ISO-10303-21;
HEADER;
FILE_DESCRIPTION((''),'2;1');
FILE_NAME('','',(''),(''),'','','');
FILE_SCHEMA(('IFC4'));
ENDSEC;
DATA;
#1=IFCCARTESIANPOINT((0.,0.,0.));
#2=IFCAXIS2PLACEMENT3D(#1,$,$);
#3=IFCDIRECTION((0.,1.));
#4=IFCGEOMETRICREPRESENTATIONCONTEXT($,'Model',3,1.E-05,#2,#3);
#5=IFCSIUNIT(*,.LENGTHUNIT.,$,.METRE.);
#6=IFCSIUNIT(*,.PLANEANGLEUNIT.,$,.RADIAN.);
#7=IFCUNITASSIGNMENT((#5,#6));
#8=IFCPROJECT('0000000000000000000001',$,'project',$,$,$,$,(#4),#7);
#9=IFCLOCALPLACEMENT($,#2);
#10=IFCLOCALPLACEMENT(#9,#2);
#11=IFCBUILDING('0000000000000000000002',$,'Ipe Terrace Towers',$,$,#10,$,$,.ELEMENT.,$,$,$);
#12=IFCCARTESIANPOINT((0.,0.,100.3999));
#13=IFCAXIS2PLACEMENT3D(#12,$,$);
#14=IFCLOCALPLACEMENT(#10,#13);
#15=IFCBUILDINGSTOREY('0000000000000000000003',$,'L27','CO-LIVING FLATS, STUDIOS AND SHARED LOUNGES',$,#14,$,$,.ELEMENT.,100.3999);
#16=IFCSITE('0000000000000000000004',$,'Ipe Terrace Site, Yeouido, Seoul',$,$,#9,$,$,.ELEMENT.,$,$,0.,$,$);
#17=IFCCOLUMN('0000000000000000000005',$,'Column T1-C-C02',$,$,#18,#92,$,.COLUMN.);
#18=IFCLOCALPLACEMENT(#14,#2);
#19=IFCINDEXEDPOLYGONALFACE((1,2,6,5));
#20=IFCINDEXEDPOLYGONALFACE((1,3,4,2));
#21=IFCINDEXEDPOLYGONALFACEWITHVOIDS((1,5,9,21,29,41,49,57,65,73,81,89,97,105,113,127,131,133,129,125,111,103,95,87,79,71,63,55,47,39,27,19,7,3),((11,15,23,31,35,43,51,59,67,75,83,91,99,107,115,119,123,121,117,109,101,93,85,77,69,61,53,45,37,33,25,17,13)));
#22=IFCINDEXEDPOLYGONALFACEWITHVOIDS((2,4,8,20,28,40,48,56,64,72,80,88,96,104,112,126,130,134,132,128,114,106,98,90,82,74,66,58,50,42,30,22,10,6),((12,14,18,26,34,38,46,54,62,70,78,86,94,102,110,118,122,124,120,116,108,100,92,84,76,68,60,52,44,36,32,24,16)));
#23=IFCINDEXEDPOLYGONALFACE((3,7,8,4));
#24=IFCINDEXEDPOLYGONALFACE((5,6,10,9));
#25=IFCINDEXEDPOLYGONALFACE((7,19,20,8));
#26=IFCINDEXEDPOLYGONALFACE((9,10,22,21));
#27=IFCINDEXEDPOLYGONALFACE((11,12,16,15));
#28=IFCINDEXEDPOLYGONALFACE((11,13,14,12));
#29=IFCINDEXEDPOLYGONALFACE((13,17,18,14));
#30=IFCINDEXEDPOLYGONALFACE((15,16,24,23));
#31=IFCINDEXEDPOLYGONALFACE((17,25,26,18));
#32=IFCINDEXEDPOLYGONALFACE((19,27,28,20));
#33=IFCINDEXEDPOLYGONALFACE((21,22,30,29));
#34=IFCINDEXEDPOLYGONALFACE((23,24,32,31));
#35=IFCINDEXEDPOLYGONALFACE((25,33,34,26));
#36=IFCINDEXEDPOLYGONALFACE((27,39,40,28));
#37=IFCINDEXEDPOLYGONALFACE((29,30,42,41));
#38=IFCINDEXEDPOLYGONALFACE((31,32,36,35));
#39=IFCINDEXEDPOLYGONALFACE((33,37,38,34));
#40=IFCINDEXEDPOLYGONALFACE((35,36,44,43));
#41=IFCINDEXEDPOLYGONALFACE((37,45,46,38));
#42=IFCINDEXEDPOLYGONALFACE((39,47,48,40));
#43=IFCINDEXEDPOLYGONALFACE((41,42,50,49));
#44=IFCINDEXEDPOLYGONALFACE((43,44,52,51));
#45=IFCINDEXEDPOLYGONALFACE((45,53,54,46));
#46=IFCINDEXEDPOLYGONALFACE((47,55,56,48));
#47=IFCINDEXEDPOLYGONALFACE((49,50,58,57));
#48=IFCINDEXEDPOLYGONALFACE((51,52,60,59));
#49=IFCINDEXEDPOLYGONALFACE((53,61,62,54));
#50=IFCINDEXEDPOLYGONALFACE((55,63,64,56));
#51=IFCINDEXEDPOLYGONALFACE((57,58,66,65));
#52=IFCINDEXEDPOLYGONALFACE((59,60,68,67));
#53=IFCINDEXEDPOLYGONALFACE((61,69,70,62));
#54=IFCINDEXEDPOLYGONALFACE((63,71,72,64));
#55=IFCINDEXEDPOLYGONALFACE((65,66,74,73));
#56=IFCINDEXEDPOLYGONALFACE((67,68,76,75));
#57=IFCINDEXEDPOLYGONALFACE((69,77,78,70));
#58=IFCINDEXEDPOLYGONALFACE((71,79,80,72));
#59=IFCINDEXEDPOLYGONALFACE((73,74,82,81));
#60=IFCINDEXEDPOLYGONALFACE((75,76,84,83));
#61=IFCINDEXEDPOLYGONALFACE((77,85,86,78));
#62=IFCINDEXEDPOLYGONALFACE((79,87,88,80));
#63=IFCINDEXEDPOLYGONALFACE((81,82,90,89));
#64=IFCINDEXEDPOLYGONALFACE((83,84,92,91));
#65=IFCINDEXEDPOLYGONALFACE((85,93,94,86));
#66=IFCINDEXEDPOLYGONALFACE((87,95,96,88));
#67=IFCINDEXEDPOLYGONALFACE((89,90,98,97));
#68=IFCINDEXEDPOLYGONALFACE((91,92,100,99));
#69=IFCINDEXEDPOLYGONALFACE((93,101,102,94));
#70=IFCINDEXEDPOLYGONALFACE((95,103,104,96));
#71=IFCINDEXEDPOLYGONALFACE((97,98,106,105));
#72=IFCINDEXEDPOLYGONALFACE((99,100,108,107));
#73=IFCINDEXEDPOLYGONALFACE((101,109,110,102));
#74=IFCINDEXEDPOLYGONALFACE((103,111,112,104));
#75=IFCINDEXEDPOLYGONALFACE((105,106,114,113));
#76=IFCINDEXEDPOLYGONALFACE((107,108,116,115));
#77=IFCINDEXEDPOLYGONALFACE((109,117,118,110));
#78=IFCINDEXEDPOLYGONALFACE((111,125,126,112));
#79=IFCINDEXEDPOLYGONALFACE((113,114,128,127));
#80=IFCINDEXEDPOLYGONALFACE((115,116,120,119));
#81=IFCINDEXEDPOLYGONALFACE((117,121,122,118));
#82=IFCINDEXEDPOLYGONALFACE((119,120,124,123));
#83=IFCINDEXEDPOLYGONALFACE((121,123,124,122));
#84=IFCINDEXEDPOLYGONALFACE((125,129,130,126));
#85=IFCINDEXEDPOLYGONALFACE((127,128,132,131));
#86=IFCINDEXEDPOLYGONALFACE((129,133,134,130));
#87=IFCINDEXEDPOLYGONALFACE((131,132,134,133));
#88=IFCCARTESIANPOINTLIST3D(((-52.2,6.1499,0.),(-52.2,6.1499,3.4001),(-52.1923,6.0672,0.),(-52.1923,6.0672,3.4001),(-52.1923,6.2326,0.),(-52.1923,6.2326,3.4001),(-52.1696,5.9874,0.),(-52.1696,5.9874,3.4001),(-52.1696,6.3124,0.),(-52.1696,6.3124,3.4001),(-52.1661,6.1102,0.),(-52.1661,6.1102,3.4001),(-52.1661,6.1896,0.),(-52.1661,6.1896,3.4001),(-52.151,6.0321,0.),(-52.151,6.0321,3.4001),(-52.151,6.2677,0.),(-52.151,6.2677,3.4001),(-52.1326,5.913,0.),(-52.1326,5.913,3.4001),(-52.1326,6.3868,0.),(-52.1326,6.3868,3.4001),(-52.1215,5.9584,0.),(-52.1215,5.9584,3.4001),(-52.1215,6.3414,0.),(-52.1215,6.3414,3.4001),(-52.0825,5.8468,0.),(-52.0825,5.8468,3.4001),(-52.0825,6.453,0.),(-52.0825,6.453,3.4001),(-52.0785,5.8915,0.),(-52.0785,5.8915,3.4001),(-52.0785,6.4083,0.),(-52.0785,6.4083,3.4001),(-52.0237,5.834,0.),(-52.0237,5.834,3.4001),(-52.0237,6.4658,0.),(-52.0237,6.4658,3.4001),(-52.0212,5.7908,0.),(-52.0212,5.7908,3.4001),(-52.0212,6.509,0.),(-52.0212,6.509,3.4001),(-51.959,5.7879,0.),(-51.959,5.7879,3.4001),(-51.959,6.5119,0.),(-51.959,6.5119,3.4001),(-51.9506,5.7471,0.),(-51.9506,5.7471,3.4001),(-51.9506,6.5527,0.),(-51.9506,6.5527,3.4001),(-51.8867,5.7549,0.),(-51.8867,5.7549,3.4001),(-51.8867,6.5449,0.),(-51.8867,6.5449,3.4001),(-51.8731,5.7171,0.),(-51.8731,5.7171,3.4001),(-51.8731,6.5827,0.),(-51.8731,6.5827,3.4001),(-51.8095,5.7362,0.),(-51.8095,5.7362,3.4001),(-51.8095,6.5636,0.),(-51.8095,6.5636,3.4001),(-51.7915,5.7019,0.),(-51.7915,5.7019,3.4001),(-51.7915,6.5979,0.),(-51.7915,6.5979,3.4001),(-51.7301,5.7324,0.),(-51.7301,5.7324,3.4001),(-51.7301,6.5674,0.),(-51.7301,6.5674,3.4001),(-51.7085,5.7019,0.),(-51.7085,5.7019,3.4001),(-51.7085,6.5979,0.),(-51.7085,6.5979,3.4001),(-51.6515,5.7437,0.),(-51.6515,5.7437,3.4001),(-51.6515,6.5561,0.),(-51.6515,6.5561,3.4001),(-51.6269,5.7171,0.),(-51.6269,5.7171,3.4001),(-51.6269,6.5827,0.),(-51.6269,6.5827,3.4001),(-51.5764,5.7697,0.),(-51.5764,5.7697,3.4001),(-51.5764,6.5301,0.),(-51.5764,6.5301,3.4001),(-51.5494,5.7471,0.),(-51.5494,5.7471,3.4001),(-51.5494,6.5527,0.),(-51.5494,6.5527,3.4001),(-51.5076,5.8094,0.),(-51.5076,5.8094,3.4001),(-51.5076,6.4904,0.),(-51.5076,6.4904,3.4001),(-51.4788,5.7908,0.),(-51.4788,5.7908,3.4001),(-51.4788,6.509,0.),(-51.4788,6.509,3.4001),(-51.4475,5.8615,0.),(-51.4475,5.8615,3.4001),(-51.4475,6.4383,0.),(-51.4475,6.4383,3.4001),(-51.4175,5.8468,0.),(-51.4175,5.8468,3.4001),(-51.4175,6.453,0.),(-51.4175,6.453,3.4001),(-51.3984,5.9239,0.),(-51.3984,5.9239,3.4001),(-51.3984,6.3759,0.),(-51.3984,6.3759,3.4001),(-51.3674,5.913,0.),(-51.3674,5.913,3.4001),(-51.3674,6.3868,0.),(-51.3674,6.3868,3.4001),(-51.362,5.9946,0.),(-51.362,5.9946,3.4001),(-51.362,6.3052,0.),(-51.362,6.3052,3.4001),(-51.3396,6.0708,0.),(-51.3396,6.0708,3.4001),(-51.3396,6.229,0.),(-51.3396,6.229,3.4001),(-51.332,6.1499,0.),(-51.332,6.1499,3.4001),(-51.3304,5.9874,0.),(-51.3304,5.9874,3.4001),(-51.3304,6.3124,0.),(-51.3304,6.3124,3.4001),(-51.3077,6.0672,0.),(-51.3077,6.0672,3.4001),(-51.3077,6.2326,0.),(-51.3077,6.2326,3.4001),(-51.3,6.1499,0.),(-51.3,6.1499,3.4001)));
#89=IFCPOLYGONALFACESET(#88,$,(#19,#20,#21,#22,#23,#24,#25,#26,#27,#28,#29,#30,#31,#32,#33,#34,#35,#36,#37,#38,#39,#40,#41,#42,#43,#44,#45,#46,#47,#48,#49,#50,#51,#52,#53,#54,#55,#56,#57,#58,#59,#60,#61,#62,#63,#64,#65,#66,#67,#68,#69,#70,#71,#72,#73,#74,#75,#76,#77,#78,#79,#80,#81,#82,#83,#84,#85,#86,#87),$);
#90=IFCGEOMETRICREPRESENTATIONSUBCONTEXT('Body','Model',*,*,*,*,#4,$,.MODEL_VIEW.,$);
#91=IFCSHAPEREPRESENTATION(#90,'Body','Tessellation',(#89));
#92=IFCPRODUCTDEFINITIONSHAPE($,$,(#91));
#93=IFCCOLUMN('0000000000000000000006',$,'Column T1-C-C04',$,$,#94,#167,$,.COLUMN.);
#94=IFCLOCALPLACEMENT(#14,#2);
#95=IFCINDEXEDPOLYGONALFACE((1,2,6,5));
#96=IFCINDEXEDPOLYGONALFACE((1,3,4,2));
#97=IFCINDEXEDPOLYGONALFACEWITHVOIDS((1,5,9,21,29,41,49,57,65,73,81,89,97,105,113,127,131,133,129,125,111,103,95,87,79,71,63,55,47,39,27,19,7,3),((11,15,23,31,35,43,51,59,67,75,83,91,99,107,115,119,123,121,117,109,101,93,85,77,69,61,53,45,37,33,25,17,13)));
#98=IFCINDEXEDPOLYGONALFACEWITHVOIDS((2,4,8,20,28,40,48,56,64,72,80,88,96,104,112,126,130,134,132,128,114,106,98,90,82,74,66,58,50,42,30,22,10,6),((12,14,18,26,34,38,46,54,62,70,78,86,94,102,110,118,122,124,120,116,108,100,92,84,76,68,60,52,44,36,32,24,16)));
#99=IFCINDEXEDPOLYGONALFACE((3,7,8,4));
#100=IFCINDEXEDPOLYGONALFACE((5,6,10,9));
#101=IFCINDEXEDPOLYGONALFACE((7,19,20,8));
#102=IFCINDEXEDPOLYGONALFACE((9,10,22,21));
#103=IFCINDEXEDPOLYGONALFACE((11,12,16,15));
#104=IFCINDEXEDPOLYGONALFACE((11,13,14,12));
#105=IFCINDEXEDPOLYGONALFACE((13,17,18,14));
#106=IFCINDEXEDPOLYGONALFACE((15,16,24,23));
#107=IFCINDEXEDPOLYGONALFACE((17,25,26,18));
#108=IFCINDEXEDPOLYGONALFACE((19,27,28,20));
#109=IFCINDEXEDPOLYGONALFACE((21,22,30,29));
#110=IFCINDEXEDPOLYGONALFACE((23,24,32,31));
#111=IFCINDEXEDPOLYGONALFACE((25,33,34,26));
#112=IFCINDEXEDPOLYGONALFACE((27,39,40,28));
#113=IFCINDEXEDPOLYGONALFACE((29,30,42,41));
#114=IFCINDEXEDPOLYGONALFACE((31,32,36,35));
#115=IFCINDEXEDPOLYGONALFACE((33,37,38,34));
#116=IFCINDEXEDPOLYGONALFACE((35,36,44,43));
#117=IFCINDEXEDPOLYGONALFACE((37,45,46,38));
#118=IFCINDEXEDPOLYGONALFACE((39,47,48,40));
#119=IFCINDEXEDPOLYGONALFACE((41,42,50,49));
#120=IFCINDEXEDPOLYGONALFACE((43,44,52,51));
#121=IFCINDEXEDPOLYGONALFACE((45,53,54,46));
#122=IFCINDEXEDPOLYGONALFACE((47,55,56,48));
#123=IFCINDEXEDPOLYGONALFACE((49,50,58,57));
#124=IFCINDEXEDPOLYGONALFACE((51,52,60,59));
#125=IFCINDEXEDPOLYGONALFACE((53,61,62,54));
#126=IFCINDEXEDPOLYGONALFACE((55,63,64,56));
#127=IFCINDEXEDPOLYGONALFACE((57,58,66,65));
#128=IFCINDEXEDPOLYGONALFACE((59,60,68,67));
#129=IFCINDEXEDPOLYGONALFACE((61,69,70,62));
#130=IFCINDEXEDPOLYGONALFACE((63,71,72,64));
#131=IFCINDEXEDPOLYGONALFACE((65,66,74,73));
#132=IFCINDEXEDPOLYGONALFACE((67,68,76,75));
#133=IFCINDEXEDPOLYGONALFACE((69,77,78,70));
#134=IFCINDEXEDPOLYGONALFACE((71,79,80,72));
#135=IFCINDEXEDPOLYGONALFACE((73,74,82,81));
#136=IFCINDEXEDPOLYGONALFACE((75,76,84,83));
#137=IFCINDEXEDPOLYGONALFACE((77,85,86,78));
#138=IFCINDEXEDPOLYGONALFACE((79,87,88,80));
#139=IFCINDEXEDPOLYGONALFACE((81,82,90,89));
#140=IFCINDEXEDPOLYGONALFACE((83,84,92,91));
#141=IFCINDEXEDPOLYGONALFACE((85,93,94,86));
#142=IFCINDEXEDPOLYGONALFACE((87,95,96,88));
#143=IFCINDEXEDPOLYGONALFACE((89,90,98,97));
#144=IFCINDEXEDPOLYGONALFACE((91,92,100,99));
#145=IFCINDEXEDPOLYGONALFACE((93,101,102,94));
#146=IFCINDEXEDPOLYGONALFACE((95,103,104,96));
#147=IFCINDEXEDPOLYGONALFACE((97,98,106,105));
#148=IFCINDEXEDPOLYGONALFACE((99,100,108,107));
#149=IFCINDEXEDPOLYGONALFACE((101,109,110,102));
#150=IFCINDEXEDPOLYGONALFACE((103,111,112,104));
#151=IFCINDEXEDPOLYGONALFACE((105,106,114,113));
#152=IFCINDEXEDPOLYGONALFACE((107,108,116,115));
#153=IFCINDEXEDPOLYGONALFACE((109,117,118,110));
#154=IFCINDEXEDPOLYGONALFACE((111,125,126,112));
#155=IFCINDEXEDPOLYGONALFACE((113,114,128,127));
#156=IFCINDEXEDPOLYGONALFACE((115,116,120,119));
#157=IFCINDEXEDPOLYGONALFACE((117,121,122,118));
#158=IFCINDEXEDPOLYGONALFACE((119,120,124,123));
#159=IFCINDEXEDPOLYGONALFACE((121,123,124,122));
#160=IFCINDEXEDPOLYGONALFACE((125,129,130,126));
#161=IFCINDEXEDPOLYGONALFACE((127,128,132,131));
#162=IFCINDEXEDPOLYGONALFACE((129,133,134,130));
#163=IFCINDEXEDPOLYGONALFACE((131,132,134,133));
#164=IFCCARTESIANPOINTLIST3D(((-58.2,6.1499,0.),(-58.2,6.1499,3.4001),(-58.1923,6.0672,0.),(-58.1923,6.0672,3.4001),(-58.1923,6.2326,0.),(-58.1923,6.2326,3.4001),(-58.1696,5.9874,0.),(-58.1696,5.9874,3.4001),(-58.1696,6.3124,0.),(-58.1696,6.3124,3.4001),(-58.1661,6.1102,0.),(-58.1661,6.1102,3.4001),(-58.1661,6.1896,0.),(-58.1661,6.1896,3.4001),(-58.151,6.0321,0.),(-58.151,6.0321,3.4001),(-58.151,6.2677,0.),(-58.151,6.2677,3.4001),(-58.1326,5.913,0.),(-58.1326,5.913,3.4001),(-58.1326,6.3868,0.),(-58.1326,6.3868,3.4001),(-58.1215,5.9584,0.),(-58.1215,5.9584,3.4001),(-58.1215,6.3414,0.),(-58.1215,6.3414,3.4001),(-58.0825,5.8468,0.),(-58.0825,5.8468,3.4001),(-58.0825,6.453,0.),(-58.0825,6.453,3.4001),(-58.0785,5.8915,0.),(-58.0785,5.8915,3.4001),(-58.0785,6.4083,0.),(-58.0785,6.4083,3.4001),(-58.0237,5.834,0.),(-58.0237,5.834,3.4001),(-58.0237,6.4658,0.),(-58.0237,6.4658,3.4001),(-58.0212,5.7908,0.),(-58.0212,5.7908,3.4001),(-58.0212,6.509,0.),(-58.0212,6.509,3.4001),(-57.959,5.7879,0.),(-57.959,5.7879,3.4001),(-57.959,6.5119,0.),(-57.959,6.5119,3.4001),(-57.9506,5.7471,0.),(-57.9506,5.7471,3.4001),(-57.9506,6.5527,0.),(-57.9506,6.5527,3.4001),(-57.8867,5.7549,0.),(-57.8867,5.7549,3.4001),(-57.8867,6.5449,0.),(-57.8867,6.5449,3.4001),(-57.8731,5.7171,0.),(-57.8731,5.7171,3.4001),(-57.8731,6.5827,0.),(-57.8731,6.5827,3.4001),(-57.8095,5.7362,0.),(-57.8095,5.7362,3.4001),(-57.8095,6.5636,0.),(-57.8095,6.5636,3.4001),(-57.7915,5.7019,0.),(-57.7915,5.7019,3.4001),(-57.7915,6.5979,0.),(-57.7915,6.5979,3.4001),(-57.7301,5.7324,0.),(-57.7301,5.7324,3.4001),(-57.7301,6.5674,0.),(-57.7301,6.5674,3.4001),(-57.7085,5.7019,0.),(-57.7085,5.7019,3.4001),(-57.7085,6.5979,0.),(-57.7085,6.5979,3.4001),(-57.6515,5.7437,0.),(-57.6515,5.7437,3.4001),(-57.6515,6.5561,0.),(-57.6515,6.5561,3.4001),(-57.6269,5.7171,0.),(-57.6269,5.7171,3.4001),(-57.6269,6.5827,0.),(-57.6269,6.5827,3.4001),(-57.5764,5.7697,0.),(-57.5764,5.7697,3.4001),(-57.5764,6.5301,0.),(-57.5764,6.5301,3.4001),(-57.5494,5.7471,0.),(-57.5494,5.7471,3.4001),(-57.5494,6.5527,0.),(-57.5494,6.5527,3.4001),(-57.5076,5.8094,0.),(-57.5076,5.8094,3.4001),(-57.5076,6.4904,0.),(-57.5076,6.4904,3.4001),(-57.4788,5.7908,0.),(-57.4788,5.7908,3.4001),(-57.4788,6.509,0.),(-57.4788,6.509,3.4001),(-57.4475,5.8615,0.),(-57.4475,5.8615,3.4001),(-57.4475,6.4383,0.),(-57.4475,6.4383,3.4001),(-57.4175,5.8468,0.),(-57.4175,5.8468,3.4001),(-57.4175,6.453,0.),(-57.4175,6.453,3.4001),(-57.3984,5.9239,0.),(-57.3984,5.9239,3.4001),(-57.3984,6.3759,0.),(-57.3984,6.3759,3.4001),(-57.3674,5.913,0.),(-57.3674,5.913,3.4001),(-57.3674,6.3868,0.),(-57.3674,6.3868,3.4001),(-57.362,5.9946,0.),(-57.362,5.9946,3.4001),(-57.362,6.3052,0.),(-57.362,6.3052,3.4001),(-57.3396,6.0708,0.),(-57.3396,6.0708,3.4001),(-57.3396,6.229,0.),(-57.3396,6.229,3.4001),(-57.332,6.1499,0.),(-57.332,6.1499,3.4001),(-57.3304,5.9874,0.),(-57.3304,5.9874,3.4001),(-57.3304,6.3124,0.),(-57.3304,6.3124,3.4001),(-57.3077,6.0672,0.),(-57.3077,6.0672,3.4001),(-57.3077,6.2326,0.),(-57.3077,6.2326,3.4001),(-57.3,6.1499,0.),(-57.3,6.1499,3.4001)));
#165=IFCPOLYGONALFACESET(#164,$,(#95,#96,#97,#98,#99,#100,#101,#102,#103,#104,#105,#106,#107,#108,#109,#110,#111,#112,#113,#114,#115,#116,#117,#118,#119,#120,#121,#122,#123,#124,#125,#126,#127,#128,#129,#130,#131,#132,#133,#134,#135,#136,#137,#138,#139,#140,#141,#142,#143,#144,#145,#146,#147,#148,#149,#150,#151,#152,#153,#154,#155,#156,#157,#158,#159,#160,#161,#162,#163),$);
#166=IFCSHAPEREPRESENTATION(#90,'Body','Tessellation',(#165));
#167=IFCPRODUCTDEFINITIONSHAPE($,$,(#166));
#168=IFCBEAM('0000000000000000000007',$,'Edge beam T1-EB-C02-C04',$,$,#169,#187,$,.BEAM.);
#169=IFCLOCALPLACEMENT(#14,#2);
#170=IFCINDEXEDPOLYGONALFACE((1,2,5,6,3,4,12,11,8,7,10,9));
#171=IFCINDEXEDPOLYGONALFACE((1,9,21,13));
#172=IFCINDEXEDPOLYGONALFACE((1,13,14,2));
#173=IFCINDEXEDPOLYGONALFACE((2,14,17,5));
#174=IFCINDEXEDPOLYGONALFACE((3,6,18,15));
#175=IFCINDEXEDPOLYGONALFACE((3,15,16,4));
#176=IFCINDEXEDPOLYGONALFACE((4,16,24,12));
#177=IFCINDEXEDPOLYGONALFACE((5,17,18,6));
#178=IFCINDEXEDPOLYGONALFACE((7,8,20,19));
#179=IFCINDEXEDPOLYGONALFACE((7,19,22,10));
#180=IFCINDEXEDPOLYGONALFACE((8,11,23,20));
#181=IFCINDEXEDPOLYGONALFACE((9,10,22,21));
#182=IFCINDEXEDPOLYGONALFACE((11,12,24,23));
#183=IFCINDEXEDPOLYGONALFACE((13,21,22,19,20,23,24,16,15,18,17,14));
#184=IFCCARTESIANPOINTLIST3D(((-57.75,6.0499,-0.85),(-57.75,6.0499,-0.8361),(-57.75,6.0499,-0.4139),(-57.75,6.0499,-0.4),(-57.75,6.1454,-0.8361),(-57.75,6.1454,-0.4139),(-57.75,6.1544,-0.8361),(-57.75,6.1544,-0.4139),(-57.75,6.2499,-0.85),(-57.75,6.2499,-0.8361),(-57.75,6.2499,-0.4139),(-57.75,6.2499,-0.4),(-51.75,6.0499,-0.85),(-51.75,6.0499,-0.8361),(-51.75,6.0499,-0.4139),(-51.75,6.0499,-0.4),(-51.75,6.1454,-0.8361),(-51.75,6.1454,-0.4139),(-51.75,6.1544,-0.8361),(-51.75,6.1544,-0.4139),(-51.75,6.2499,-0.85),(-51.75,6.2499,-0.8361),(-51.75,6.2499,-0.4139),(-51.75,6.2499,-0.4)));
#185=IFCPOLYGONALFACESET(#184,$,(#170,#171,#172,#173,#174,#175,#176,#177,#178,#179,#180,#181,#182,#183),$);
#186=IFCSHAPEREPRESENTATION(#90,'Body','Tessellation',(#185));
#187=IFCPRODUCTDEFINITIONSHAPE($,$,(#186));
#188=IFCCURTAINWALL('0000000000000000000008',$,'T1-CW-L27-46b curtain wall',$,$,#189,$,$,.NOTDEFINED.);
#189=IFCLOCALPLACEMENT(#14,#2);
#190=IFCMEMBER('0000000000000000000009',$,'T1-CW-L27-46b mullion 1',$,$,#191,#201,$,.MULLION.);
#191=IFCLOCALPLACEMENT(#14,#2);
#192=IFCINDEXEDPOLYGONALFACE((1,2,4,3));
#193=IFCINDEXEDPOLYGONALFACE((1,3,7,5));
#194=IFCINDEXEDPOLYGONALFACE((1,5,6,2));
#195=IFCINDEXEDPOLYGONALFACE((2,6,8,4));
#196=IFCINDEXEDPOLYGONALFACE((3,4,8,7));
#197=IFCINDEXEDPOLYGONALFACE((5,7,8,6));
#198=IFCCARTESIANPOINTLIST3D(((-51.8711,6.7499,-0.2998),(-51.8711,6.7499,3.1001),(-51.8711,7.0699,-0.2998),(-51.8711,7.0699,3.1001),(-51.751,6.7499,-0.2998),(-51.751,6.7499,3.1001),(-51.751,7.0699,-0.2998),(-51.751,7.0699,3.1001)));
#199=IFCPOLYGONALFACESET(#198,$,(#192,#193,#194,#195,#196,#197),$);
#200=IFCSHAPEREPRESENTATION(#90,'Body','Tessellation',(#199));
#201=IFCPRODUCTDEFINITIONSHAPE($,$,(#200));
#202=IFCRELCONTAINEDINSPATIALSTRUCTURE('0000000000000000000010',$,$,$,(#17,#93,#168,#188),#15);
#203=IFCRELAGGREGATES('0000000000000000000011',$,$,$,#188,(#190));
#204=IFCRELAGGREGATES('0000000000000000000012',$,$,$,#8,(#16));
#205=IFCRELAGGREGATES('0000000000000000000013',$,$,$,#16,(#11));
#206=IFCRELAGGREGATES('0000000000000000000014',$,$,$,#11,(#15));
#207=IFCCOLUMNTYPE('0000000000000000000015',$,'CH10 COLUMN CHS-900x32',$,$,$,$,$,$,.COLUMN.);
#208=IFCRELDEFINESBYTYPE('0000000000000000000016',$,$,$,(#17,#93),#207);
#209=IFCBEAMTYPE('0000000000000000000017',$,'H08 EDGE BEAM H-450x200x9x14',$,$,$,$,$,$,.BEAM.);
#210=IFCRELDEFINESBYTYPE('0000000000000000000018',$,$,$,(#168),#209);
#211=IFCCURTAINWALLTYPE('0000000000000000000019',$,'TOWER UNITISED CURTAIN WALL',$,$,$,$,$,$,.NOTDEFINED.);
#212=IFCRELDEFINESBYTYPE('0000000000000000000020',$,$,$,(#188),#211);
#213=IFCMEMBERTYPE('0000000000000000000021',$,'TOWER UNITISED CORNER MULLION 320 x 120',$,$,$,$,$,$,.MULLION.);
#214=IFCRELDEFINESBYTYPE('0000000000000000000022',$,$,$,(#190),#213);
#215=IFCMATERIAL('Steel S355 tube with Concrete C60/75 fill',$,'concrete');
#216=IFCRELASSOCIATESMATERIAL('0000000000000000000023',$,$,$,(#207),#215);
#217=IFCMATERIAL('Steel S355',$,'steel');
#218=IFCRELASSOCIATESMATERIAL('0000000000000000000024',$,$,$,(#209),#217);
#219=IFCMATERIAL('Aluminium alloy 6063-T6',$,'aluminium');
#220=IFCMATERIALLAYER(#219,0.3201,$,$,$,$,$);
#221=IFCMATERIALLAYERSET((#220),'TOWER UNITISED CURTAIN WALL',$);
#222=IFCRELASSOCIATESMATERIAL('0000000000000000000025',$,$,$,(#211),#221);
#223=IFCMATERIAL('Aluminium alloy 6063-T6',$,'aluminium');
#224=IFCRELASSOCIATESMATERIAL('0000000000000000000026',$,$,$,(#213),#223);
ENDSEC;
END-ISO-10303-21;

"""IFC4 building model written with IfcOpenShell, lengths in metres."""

from ifc_helpers import new_model, si_unit, direction, frame, origin, origin_2d, place, context, subcontext, project, spatial, rectangle, hollow_circle, i_section, extrude, material, layer, layer_set, material_profile, profile_set, type_object, element, aggregate, save


model = new_model("IFC4")

# Units and contexts
model_context = context("Model", 3, precision=1e-05, world=origin(), true_north=direction((0.0, 1.0)))
body_context = subcontext(model_context, "Body", "Model", "MODEL_VIEW")
ifc_project = project(units=[si_unit("LENGTHUNIT", "METRE"), si_unit("PLANEANGLEUNIT", "RADIAN")], contexts=[model_context])

# Site, building, storey
site_placement = place(None, origin())
site = spatial("IfcSite", under=ifc_project, at=site_placement, Name="Ipe Terrace Site, Yeouido, Seoul", CompositionType="ELEMENT", RefElevation=0.0)
building_placement = place(site_placement, origin())
building = spatial("IfcBuilding", under=site, at=building_placement, Name="Ipe Terrace Towers", CompositionType="ELEMENT")
storey_placement = place(building_placement, frame((0.0, 0.0, 100.3999)))
storey = spatial("IfcBuildingStorey", under=building, at=storey_placement, Name="L27", Description="CO-LIVING FLATS, STUDIOS AND SHARED LOUNGES", CompositionType="ELEMENT", Elevation=100.3999)

# Columns
ifc_material_1 = material(Name="Steel S355 tube with Concrete C60/75 fill", Category="concrete")
ifc_material_profile_1 = material_profile(ifc_material_1, hollow_circle(Radius=0.45, WallThickness=0.032, at=origin_2d()), Name="CHS-900x32")
ifc_profile_set_1 = profile_set([ifc_material_profile_1], Name="Steel S355 tube with Concrete C60/75 fill")
column_type = type_object("IfcColumnType", Name="CH10 COLUMN CHS-900x32", PredefinedType="COLUMN", material=ifc_profile_set_1)
for number, where, z_axis, x_axis, name in (
    (1, (-51.75, 6.1499, 0.0), (0.0, 0.0, 1.0), (1.0, 0.0, 0.0), "Column T1-C-C02"),
    (2, (-57.75, 6.1499, 0.0), (0.0, 0.0, 1.0), (1.0, 0.0, 0.0), "Column T1-C-C04"),
):
    element("IfcColumn", number, at=place(storey_placement, frame(where, z_axis=z_axis, x_axis=x_axis)), inside=storey, type_object=column_type, Name=name, PredefinedType="COLUMN", context=body_context, shape_type="SweptSolid", body=[
        extrude(hollow_circle(Radius=0.45, WallThickness=0.032, at=origin_2d()), origin(), (0.0, 0.0, 1.0), 3.4001),
    ])

# Beam
ifc_material_2 = material(Name="Steel S355", Category="steel")
ifc_material_profile_2 = material_profile(ifc_material_2, i_section(OverallWidth=0.2, OverallDepth=0.45, WebThickness=0.009, FlangeThickness=0.0139, at=origin_2d()), Name="H-450x200x9x14")
ifc_profile_set_2 = profile_set([ifc_material_profile_2], Name="Steel S355")
beam_type = type_object("IfcBeamType", Name="H08 EDGE BEAM H-450x200x9x14", PredefinedType="BEAM", material=ifc_profile_set_2)
beam_placement = place(storey_placement, frame((-51.75, 6.1499, -0.625), z_axis=(-1.0, 0.0, 0.0), x_axis=(0.0, -1.0, 0.0)))
element("IfcBeam", 3, at=beam_placement, inside=storey, type_object=beam_type, Name="Edge beam T1-EB-C02-C04", PredefinedType="BEAM", context=body_context, shape_type="SweptSolid", body=[
    extrude(i_section(OverallWidth=0.2, OverallDepth=0.45, WebThickness=0.009, FlangeThickness=0.0139, at=origin_2d()), origin(), (0.0, 0.0, 1.0), 6.0),
])

# Curtain wall, member
ifc_material_3 = material(Name="Aluminium alloy 6063-T6", Category="aluminium")
ifc_layer_1 = layer(ifc_material_3, 0.3201)
ifc_layer_set_1 = layer_set([ifc_layer_1], Name="TOWER UNITISED CURTAIN WALL")
curtain_wall_type = type_object("IfcCurtainWallType", Name="TOWER UNITISED CURTAIN WALL", PredefinedType="NOTDEFINED", material=ifc_layer_set_1)
curtain_wall_1_placement = place(storey_placement, origin())
curtain_wall_1 = element("IfcCurtainWall", 4, at=curtain_wall_1_placement, inside=storey, type_object=curtain_wall_type, Name="T1-CW-L27-46b curtain wall", PredefinedType="NOTDEFINED")
ifc_material_4 = material(Name="Aluminium alloy 6063-T6", Category="aluminium")
ifc_material_profile_3 = material_profile(ifc_material_4, rectangle(XDim=0.3201, YDim=0.1201, at=origin_2d()), Name="TOWER UNITISED CORNER MULLION 320 x 120")
ifc_profile_set_3 = profile_set([ifc_material_profile_3], Name="Aluminium alloy 6063-T6")
member_type_1 = type_object("IfcMemberType", Name="TOWER UNITISED CORNER MULLION 320 x 120", PredefinedType="MULLION", material=ifc_profile_set_3)
member_1_placement = place(storey_placement, frame((-51.811, 6.9099, -0.2998), z_axis=(0.0, 0.0, 1.0), x_axis=(0.0, 1.0, 0.0)))
member_1 = element("IfcMember", 5, at=member_1_placement, type_object=member_type_1, Name="T1-CW-L27-46b mullion 1", PredefinedType="MULLION", context=body_context, shape_type="SweptSolid", body=[
    extrude(rectangle(XDim=0.3201, YDim=0.1201, at=origin_2d()), origin(), (0.0, 0.0, 1.0), 3.3999),
])

aggregate(curtain_wall_1, [member_1])

save(model, "model.ifc")
